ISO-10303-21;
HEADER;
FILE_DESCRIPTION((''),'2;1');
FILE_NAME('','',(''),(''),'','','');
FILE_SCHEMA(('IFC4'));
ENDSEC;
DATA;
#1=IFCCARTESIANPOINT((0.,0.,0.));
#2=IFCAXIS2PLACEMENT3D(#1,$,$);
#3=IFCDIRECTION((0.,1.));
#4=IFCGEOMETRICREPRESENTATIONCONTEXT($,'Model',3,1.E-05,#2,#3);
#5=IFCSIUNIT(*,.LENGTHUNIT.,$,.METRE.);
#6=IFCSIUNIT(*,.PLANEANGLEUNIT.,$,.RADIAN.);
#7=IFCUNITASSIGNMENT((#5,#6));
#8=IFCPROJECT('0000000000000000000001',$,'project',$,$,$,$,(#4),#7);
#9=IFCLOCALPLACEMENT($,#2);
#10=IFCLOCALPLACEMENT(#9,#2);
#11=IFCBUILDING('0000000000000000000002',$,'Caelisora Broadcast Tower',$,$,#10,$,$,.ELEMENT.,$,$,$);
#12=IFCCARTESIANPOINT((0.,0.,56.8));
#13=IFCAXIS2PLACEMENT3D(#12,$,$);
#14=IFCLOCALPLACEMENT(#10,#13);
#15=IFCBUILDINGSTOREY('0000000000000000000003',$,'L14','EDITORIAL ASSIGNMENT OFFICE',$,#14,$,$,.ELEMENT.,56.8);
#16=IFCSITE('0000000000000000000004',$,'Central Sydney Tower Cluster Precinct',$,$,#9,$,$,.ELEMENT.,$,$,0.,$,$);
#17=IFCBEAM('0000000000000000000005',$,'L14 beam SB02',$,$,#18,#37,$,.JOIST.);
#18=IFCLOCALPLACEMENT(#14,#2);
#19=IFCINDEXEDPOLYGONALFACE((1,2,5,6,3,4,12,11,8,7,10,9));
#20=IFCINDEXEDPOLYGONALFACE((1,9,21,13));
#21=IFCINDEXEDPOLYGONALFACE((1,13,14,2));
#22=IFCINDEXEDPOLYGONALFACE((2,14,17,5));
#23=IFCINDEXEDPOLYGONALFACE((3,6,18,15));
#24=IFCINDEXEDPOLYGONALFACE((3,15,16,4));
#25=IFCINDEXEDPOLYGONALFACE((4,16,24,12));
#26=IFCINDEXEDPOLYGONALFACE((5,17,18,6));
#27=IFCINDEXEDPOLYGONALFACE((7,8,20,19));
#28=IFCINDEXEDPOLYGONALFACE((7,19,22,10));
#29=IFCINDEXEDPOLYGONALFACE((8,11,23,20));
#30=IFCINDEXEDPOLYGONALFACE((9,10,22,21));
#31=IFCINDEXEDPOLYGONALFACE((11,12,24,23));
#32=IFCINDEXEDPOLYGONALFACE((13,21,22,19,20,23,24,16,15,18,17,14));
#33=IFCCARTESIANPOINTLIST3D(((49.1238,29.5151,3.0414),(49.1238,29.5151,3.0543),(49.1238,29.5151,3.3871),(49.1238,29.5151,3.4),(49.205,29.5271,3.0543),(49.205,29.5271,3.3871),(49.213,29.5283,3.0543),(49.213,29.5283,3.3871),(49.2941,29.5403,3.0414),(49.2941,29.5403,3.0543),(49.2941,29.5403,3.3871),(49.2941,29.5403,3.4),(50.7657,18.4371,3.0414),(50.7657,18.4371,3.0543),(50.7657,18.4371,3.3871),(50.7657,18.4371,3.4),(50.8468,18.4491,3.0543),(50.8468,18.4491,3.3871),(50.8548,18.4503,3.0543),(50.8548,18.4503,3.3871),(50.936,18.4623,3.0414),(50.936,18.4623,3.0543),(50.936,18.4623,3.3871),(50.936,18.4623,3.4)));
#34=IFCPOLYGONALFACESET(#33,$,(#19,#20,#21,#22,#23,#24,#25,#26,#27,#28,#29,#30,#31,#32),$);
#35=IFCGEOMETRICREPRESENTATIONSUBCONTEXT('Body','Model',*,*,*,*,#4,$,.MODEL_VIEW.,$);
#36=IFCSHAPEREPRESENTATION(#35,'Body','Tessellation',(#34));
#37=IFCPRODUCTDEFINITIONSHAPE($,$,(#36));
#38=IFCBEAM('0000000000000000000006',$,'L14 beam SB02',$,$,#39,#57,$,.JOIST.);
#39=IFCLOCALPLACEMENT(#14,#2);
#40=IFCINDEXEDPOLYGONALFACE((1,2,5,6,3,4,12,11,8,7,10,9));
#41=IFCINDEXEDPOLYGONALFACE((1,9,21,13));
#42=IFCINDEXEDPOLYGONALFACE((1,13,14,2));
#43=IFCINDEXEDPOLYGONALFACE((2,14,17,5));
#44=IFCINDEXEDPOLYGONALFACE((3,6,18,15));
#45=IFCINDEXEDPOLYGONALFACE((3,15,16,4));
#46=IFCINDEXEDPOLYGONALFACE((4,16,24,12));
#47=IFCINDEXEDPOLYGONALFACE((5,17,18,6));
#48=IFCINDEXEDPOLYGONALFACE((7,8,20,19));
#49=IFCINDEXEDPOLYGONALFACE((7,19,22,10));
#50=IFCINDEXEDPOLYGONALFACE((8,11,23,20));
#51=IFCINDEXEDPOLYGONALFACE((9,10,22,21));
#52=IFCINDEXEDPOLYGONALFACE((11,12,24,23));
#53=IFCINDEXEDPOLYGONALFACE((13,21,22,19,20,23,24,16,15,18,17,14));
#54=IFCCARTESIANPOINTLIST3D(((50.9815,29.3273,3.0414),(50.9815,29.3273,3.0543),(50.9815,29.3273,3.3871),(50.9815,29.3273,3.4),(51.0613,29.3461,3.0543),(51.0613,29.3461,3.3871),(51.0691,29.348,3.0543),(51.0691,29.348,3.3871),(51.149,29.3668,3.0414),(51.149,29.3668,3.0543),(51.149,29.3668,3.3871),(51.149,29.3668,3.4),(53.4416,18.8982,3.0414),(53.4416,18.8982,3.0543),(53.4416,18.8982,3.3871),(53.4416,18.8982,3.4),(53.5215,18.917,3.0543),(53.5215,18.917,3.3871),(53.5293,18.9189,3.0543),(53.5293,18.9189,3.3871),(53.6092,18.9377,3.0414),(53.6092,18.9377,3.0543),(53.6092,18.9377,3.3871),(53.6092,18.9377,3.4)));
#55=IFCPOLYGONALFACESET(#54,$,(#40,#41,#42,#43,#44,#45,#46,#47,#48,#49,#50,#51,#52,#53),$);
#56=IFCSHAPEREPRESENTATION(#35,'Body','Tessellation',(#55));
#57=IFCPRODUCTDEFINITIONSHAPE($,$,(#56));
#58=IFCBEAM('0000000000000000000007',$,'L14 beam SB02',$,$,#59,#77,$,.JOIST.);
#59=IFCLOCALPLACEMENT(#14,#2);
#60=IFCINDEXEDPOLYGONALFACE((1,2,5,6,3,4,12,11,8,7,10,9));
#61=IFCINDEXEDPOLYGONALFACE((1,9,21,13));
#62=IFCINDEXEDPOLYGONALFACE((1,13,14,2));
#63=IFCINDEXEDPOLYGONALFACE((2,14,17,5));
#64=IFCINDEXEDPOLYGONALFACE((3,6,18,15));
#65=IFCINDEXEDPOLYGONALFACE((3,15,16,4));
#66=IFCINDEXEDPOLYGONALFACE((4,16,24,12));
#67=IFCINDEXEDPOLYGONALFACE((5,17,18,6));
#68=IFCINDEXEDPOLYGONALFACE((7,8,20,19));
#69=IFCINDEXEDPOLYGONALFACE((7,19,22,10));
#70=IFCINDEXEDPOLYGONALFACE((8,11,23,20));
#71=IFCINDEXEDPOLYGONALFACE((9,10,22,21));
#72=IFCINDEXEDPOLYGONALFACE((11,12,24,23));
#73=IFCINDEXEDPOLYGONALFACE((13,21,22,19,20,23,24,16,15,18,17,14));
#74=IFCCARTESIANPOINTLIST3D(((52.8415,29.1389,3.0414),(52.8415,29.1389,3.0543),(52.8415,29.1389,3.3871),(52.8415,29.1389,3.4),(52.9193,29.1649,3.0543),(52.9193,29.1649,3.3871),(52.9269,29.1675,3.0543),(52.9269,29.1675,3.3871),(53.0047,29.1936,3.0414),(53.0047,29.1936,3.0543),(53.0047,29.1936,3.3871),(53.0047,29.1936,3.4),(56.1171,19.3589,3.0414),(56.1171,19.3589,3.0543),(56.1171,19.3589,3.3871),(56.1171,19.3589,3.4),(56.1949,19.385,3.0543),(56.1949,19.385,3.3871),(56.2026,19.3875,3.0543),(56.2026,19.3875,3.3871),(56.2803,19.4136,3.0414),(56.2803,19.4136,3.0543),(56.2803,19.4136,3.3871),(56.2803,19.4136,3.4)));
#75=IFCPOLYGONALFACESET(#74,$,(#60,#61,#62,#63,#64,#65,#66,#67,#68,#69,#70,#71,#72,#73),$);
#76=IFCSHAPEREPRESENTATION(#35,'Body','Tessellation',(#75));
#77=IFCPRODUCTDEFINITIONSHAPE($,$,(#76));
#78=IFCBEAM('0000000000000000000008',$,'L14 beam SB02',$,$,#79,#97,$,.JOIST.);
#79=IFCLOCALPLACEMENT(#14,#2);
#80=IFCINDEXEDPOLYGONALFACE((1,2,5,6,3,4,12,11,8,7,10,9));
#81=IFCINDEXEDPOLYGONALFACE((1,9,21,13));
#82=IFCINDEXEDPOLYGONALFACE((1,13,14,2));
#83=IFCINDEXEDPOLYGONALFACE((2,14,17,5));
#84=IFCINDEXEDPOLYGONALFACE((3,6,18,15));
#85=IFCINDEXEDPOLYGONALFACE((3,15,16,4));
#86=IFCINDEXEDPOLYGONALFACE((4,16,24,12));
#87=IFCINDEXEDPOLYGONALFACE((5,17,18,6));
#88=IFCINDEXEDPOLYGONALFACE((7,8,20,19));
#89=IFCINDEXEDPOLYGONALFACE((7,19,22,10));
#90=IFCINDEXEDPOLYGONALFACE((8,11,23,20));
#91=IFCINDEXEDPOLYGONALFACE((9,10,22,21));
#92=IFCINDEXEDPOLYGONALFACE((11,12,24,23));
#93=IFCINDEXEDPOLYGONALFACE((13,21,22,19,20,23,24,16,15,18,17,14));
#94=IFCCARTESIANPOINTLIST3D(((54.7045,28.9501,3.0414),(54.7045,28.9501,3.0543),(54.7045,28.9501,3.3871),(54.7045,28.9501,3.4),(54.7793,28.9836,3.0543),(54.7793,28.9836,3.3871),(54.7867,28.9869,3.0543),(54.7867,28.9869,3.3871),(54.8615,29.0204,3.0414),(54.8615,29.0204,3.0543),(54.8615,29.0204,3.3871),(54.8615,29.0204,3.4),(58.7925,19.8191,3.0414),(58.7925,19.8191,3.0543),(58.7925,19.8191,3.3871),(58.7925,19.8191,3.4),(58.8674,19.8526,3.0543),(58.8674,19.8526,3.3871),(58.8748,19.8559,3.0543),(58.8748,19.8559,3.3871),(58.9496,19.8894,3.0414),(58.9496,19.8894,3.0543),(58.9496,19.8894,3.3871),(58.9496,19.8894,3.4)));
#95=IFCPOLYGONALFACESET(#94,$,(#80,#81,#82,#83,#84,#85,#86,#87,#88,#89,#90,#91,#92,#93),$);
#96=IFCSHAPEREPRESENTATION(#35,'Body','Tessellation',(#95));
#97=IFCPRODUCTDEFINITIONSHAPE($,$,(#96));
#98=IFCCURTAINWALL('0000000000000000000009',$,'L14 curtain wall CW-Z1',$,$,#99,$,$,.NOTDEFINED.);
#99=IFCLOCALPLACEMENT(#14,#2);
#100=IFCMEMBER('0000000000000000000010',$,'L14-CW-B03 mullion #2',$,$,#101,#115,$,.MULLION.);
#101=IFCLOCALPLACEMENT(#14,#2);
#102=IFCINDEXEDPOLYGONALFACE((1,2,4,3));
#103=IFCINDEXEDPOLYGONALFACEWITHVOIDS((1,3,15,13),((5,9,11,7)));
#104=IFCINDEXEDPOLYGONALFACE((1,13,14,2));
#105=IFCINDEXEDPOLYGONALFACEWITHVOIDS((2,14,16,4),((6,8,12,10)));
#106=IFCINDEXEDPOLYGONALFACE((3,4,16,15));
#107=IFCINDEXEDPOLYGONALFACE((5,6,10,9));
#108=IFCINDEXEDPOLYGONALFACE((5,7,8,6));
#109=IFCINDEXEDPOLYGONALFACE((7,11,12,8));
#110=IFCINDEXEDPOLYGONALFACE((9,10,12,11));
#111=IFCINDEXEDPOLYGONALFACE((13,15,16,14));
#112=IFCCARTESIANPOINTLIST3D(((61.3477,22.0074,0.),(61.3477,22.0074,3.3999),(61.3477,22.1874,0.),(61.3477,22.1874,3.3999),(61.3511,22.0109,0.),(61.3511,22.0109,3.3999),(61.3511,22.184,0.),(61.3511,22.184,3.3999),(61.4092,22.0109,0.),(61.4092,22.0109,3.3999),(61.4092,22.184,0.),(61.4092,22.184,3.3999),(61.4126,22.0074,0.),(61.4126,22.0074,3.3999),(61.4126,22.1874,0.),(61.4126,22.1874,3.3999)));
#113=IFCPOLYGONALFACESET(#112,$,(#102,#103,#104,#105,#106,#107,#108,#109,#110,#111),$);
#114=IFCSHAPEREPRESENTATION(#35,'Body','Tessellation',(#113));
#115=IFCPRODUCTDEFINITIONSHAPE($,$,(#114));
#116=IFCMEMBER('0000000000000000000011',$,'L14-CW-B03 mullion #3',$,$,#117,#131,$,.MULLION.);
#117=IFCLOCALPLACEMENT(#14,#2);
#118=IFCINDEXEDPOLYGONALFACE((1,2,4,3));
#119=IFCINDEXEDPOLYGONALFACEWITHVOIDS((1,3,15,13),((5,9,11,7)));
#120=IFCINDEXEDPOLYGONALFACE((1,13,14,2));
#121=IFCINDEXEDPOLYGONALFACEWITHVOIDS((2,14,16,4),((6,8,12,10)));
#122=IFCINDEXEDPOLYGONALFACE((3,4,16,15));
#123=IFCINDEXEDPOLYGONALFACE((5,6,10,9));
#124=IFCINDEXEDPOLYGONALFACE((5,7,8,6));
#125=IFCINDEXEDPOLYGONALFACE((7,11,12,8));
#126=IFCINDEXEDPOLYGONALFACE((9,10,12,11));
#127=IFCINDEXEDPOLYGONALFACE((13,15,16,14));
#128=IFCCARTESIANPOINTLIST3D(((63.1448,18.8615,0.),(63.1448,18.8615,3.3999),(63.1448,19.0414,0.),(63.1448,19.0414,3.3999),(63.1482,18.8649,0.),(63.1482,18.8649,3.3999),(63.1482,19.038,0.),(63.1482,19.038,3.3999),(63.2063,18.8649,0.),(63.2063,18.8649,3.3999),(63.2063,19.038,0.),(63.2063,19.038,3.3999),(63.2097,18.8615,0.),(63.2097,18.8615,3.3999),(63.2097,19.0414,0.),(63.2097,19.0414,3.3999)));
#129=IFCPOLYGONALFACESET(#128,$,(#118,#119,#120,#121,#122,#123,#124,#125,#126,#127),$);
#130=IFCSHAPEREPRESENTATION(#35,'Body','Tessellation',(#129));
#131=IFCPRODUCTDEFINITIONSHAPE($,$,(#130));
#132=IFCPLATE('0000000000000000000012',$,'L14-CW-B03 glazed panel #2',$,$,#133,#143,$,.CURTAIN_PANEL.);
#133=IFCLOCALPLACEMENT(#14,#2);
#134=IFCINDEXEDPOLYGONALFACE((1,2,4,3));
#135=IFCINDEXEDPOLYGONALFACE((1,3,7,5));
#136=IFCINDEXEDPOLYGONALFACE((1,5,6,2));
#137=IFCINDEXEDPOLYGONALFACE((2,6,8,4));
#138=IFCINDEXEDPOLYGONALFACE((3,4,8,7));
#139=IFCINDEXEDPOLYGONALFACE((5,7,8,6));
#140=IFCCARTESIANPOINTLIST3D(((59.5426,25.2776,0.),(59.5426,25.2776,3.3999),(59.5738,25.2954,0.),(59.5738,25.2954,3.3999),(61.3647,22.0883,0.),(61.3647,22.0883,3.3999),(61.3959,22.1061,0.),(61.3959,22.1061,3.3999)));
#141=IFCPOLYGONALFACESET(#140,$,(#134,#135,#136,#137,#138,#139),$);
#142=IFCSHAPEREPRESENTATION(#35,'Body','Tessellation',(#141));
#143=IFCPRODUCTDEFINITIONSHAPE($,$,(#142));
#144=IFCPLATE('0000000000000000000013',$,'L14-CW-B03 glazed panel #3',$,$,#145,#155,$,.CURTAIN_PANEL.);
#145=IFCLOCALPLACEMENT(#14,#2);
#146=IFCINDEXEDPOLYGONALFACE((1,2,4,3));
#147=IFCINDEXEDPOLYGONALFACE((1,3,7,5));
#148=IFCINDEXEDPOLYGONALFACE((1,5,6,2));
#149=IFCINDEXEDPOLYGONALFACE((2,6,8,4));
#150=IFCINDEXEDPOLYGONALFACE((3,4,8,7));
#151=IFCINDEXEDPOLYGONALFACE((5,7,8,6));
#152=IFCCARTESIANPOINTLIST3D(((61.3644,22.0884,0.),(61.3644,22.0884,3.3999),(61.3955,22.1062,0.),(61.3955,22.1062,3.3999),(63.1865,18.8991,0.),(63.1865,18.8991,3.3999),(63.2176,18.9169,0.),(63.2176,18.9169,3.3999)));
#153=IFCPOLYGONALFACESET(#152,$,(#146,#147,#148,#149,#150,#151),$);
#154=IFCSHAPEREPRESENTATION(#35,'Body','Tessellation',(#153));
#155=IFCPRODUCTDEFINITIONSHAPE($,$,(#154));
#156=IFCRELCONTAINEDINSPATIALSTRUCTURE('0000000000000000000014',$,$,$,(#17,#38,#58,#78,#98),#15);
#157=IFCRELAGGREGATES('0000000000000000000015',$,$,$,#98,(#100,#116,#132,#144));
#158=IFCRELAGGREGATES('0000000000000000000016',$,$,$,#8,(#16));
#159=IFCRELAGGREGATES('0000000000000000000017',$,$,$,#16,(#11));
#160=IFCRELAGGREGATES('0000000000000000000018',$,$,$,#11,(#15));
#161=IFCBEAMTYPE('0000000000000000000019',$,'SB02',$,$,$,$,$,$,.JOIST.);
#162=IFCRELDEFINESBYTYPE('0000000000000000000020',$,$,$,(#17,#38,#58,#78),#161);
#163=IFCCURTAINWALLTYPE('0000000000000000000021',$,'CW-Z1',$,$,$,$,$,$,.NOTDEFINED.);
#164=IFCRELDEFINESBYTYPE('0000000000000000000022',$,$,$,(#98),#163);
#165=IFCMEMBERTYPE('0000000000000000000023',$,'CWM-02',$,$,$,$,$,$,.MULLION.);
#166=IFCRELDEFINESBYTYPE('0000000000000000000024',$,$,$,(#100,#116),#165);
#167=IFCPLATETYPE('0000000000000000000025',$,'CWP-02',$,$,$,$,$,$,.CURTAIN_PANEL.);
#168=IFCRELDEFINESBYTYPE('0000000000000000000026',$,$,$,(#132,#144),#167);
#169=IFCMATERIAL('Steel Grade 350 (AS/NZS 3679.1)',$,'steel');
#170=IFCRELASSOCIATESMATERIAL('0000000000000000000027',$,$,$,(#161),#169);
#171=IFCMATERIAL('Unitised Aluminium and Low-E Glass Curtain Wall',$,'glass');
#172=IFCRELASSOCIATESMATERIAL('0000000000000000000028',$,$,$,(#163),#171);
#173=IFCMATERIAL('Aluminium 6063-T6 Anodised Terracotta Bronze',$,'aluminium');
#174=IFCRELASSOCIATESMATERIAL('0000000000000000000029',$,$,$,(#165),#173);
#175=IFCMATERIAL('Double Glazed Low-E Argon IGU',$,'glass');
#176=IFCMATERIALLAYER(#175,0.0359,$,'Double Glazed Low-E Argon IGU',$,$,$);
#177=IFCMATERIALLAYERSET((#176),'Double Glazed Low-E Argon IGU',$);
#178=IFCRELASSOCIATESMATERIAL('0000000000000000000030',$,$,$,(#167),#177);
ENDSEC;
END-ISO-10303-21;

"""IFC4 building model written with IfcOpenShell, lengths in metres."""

from ifc_helpers import new_model, si_unit, direction, frame, origin, origin_2d, place, context, subcontext, project, spatial, rectangle, hollow_rectangle, i_section, extrude, source, transform, mapped, material, layer, layer_set, material_profile, profile_set, type_object, type_shapes, element, aggregate, save


model = new_model("IFC4")

# Units and contexts
model_context = context("Model", 3, precision=1e-05, world=origin(), true_north=direction((0.0, 1.0)))
body_context = subcontext(model_context, "Body", "Model", "MODEL_VIEW")
ifc_project = project(units=[si_unit("LENGTHUNIT", "METRE"), si_unit("PLANEANGLEUNIT", "RADIAN")], contexts=[model_context])

# Site, building, storey
site_placement = place(None, origin())
site = spatial("IfcSite", under=ifc_project, at=site_placement, Name="Central Sydney Tower Cluster Precinct", CompositionType="ELEMENT", RefElevation=0.0)
building_placement = place(site_placement, origin())
building = spatial("IfcBuilding", under=site, at=building_placement, Name="Caelisora Broadcast Tower", CompositionType="ELEMENT")
storey_placement = place(building_placement, frame((0.0, 0.0, 56.8)))
storey = spatial("IfcBuildingStorey", under=building, at=storey_placement, Name="L14", Description="EDITORIAL ASSIGNMENT OFFICE", CompositionType="ELEMENT", Elevation=56.8)

# Beams
ifc_material_1 = material(Name="Steel Grade 350 (AS/NZS 3679.1)", Category="steel")
ifc_material_profile_1 = material_profile(ifc_material_1, i_section(OverallWidth=0.1721, OverallDepth=0.3586, WebThickness=0.0081, FlangeThickness=0.0129, at=origin_2d()), Name="Steel Grade 350 (AS/NZS 3679.1)")
ifc_profile_set_1 = profile_set([ifc_material_profile_1], Name="Steel Grade 350 (AS/NZS 3679.1)")
beam_type_1 = type_object("IfcBeamType", Name="SB02", PredefinedType="JOIST", material=ifc_profile_set_1)
shared_shape_1 = source(origin(), body_context, "Body", "SweptSolid", [
    extrude(i_section(OverallWidth=0.1721, OverallDepth=0.3586, WebThickness=0.0081, FlangeThickness=0.0129, at=origin_2d()), origin(), (0.0, 0.0, 1.0), 11.199),
])
beam_1_placement = place(storey_placement, frame((50.8508, 18.4497, 3.2207), z_axis=(-0.146608, 0.989195, 0.0), x_axis=(-0.989195, -0.146608, 0.0)))
element("IfcBeam", 1, at=beam_1_placement, inside=storey, type_object=beam_type_1, Name="L14 beam SB02", PredefinedType="JOIST", context=body_context, shape_type="MappedRepresentation", body=[
    mapped(shared_shape_1, transform((0.0, 0.0, 0.0), scale=1.0)),
])
shared_shape_2 = source(origin(), body_context, "Body", "SweptSolid", [
    extrude(i_section(OverallWidth=0.1721, OverallDepth=0.3586, WebThickness=0.0081, FlangeThickness=0.0129, at=origin_2d()), origin(), (0.0, 0.0, 1.0), 10.7153),
])
beam_2_placement = place(storey_placement, frame((53.5254, 18.918, 3.2207), z_axis=(-0.229594, 0.973286, 0.0), x_axis=(-0.973286, -0.229594, 0.0)))
element("IfcBeam", 2, at=beam_2_placement, inside=storey, type_object=beam_type_1, Name="L14 beam SB02", PredefinedType="JOIST", context=body_context, shape_type="MappedRepresentation", body=[
    mapped(shared_shape_2, transform((0.0, 0.0, 0.0), scale=1.0)),
])
shared_shape_3 = source(origin(), body_context, "Body", "SweptSolid", [
    extrude(i_section(OverallWidth=0.1721, OverallDepth=0.3586, WebThickness=0.0081, FlangeThickness=0.0129, at=origin_2d()), origin(), (0.0, 0.0, 1.0), 10.314),
])
beam_3_placement = place(storey_placement, frame((56.1987, 19.3862, 3.2207), z_axis=(-0.317591, 0.948228, 0.0), x_axis=(-0.948228, -0.317591, 0.0)))
element("IfcBeam", 3, at=beam_3_placement, inside=storey, type_object=beam_type_1, Name="L14 beam SB02", PredefinedType="JOIST", context=body_context, shape_type="MappedRepresentation", body=[
    mapped(shared_shape_3, transform((0.0, 0.0, 0.0), scale=1.0)),
])
shared_shape_4 = source(origin(), body_context, "Body", "SweptSolid", [
    extrude(i_section(OverallWidth=0.1721, OverallDepth=0.3586, WebThickness=0.0081, FlangeThickness=0.0129, at=origin_2d()), origin(), (0.0, 0.0, 1.0), 10.0044),
])
beam_4_placement = place(storey_placement, frame((58.8711, 19.8542, 3.2207), z_axis=(-0.40863, 0.9127, 0.0), x_axis=(-0.9127, -0.40863, 0.0)))
element("IfcBeam", 4, at=beam_4_placement, inside=storey, type_object=beam_type_1, Name="L14 beam SB02", PredefinedType="JOIST", context=body_context, shape_type="MappedRepresentation", body=[
    mapped(shared_shape_4, transform((0.0, 0.0, 0.0), scale=1.0)),
])

# Curtain wall, members, plates
ifc_material_2 = material(Name="Unitised Aluminium and Low-E Glass Curtain Wall", Category="glass")
curtain_wall_type = type_object("IfcCurtainWallType", Name="CW-Z1", PredefinedType="NOTDEFINED", material=ifc_material_2)
curtain_wall_placement = place(storey_placement, origin())
curtain_wall = element("IfcCurtainWall", 5, at=curtain_wall_placement, inside=storey, type_object=curtain_wall_type, Name="L14 curtain wall CW-Z1", PredefinedType="NOTDEFINED")
ifc_material_3 = material(Name="Aluminium 6063-T6 Anodised Terracotta Bronze", Category="aluminium")
ifc_material_profile_2 = material_profile(ifc_material_3, hollow_rectangle(XDim=0.0649, YDim=0.1799, WallThickness=0.0034, at=origin_2d()), Name="Aluminium 6063-T6 Anodised Terracotta Bronze")
ifc_profile_set_2 = profile_set([ifc_material_profile_2], Name="Aluminium 6063-T6 Anodised Terracotta Bronze")
member_type = type_object("IfcMemberType", Name="CWM-02", PredefinedType="MULLION", material=ifc_profile_set_2)
shared_shape_5 = source(origin(), body_context, "Body", "SweptSolid", [
    extrude(hollow_rectangle(XDim=0.0649, YDim=0.1799, WallThickness=0.0034, at=origin_2d()), origin(), (0.0, 0.0, 1.0), 3.3999),
])
type_shapes(member_type, [shared_shape_5])
member_1_placement = place(storey_placement, frame((61.3801, 22.0974, 0.0), z_axis=(0.0, 0.0, 1.0), x_axis=(1.0, 0.0, 0.0)))
member_1 = element("IfcMember", 6, at=member_1_placement, type_object=member_type, Name="L14-CW-B03 mullion #2", PredefinedType="MULLION", context=body_context, shape_type="MappedRepresentation", body=[
    mapped(shared_shape_5, transform((0.0, 0.0, 0.0), scale=1.0)),
])
member_2_placement = place(storey_placement, frame((63.1772, 18.9514, 0.0), z_axis=(0.0, 0.0, 1.0), x_axis=(1.0, 0.0, 0.0)))
member_2 = element("IfcMember", 7, at=member_2_placement, type_object=member_type, Name="L14-CW-B03 mullion #3", PredefinedType="MULLION", context=body_context, shape_type="MappedRepresentation", body=[
    mapped(shared_shape_5, transform((0.0, 0.0, 0.0), scale=1.0)),
])
ifc_material_4 = material(Name="Double Glazed Low-E Argon IGU", Category="glass")
ifc_layer_1 = layer(ifc_material_4, 0.0359, Name="Double Glazed Low-E Argon IGU")
ifc_layer_set_1 = layer_set([ifc_layer_1], Name="Double Glazed Low-E Argon IGU")
plate_type = type_object("IfcPlateType", Name="CWP-02", PredefinedType="CURTAIN_PANEL", material=ifc_layer_set_1)
shared_shape_6 = source(origin(), body_context, "Body", "SweptSolid", [
    extrude(rectangle(XDim=3.6731, YDim=0.0359, at=origin_2d()), origin(), (0.0, 0.0, 1.0), 3.3999),
])
type_shapes(plate_type, [shared_shape_6])
plate_1_placement = place(storey_placement, frame((60.4692, 23.6919, 0.0), z_axis=(0.0, 0.0, 1.0), x_axis=(0.496065, -0.868285, 0.0)))
plate_1 = element("IfcPlate", 8, at=plate_1_placement, type_object=plate_type, Name="L14-CW-B03 glazed panel #2", PredefinedType="CURTAIN_PANEL", context=body_context, shape_type="MappedRepresentation", body=[
    mapped(shared_shape_6, transform((0.0, 0.0, 0.0), scale=1.0)),
])
plate_2_placement = place(storey_placement, frame((62.291, 20.5027, 0.0), z_axis=(0.0, 0.0, 1.0), x_axis=(0.496065, -0.868285, 0.0)))
plate_2 = element("IfcPlate", 9, at=plate_2_placement, type_object=plate_type, Name="L14-CW-B03 glazed panel #3", PredefinedType="CURTAIN_PANEL", context=body_context, shape_type="MappedRepresentation", body=[
    mapped(shared_shape_6, transform((0.0, 0.0, 0.0), scale=1.0)),
])
aggregate(curtain_wall, [member_1, member_2, plate_1, plate_2])

save(model, "model.ifc")
